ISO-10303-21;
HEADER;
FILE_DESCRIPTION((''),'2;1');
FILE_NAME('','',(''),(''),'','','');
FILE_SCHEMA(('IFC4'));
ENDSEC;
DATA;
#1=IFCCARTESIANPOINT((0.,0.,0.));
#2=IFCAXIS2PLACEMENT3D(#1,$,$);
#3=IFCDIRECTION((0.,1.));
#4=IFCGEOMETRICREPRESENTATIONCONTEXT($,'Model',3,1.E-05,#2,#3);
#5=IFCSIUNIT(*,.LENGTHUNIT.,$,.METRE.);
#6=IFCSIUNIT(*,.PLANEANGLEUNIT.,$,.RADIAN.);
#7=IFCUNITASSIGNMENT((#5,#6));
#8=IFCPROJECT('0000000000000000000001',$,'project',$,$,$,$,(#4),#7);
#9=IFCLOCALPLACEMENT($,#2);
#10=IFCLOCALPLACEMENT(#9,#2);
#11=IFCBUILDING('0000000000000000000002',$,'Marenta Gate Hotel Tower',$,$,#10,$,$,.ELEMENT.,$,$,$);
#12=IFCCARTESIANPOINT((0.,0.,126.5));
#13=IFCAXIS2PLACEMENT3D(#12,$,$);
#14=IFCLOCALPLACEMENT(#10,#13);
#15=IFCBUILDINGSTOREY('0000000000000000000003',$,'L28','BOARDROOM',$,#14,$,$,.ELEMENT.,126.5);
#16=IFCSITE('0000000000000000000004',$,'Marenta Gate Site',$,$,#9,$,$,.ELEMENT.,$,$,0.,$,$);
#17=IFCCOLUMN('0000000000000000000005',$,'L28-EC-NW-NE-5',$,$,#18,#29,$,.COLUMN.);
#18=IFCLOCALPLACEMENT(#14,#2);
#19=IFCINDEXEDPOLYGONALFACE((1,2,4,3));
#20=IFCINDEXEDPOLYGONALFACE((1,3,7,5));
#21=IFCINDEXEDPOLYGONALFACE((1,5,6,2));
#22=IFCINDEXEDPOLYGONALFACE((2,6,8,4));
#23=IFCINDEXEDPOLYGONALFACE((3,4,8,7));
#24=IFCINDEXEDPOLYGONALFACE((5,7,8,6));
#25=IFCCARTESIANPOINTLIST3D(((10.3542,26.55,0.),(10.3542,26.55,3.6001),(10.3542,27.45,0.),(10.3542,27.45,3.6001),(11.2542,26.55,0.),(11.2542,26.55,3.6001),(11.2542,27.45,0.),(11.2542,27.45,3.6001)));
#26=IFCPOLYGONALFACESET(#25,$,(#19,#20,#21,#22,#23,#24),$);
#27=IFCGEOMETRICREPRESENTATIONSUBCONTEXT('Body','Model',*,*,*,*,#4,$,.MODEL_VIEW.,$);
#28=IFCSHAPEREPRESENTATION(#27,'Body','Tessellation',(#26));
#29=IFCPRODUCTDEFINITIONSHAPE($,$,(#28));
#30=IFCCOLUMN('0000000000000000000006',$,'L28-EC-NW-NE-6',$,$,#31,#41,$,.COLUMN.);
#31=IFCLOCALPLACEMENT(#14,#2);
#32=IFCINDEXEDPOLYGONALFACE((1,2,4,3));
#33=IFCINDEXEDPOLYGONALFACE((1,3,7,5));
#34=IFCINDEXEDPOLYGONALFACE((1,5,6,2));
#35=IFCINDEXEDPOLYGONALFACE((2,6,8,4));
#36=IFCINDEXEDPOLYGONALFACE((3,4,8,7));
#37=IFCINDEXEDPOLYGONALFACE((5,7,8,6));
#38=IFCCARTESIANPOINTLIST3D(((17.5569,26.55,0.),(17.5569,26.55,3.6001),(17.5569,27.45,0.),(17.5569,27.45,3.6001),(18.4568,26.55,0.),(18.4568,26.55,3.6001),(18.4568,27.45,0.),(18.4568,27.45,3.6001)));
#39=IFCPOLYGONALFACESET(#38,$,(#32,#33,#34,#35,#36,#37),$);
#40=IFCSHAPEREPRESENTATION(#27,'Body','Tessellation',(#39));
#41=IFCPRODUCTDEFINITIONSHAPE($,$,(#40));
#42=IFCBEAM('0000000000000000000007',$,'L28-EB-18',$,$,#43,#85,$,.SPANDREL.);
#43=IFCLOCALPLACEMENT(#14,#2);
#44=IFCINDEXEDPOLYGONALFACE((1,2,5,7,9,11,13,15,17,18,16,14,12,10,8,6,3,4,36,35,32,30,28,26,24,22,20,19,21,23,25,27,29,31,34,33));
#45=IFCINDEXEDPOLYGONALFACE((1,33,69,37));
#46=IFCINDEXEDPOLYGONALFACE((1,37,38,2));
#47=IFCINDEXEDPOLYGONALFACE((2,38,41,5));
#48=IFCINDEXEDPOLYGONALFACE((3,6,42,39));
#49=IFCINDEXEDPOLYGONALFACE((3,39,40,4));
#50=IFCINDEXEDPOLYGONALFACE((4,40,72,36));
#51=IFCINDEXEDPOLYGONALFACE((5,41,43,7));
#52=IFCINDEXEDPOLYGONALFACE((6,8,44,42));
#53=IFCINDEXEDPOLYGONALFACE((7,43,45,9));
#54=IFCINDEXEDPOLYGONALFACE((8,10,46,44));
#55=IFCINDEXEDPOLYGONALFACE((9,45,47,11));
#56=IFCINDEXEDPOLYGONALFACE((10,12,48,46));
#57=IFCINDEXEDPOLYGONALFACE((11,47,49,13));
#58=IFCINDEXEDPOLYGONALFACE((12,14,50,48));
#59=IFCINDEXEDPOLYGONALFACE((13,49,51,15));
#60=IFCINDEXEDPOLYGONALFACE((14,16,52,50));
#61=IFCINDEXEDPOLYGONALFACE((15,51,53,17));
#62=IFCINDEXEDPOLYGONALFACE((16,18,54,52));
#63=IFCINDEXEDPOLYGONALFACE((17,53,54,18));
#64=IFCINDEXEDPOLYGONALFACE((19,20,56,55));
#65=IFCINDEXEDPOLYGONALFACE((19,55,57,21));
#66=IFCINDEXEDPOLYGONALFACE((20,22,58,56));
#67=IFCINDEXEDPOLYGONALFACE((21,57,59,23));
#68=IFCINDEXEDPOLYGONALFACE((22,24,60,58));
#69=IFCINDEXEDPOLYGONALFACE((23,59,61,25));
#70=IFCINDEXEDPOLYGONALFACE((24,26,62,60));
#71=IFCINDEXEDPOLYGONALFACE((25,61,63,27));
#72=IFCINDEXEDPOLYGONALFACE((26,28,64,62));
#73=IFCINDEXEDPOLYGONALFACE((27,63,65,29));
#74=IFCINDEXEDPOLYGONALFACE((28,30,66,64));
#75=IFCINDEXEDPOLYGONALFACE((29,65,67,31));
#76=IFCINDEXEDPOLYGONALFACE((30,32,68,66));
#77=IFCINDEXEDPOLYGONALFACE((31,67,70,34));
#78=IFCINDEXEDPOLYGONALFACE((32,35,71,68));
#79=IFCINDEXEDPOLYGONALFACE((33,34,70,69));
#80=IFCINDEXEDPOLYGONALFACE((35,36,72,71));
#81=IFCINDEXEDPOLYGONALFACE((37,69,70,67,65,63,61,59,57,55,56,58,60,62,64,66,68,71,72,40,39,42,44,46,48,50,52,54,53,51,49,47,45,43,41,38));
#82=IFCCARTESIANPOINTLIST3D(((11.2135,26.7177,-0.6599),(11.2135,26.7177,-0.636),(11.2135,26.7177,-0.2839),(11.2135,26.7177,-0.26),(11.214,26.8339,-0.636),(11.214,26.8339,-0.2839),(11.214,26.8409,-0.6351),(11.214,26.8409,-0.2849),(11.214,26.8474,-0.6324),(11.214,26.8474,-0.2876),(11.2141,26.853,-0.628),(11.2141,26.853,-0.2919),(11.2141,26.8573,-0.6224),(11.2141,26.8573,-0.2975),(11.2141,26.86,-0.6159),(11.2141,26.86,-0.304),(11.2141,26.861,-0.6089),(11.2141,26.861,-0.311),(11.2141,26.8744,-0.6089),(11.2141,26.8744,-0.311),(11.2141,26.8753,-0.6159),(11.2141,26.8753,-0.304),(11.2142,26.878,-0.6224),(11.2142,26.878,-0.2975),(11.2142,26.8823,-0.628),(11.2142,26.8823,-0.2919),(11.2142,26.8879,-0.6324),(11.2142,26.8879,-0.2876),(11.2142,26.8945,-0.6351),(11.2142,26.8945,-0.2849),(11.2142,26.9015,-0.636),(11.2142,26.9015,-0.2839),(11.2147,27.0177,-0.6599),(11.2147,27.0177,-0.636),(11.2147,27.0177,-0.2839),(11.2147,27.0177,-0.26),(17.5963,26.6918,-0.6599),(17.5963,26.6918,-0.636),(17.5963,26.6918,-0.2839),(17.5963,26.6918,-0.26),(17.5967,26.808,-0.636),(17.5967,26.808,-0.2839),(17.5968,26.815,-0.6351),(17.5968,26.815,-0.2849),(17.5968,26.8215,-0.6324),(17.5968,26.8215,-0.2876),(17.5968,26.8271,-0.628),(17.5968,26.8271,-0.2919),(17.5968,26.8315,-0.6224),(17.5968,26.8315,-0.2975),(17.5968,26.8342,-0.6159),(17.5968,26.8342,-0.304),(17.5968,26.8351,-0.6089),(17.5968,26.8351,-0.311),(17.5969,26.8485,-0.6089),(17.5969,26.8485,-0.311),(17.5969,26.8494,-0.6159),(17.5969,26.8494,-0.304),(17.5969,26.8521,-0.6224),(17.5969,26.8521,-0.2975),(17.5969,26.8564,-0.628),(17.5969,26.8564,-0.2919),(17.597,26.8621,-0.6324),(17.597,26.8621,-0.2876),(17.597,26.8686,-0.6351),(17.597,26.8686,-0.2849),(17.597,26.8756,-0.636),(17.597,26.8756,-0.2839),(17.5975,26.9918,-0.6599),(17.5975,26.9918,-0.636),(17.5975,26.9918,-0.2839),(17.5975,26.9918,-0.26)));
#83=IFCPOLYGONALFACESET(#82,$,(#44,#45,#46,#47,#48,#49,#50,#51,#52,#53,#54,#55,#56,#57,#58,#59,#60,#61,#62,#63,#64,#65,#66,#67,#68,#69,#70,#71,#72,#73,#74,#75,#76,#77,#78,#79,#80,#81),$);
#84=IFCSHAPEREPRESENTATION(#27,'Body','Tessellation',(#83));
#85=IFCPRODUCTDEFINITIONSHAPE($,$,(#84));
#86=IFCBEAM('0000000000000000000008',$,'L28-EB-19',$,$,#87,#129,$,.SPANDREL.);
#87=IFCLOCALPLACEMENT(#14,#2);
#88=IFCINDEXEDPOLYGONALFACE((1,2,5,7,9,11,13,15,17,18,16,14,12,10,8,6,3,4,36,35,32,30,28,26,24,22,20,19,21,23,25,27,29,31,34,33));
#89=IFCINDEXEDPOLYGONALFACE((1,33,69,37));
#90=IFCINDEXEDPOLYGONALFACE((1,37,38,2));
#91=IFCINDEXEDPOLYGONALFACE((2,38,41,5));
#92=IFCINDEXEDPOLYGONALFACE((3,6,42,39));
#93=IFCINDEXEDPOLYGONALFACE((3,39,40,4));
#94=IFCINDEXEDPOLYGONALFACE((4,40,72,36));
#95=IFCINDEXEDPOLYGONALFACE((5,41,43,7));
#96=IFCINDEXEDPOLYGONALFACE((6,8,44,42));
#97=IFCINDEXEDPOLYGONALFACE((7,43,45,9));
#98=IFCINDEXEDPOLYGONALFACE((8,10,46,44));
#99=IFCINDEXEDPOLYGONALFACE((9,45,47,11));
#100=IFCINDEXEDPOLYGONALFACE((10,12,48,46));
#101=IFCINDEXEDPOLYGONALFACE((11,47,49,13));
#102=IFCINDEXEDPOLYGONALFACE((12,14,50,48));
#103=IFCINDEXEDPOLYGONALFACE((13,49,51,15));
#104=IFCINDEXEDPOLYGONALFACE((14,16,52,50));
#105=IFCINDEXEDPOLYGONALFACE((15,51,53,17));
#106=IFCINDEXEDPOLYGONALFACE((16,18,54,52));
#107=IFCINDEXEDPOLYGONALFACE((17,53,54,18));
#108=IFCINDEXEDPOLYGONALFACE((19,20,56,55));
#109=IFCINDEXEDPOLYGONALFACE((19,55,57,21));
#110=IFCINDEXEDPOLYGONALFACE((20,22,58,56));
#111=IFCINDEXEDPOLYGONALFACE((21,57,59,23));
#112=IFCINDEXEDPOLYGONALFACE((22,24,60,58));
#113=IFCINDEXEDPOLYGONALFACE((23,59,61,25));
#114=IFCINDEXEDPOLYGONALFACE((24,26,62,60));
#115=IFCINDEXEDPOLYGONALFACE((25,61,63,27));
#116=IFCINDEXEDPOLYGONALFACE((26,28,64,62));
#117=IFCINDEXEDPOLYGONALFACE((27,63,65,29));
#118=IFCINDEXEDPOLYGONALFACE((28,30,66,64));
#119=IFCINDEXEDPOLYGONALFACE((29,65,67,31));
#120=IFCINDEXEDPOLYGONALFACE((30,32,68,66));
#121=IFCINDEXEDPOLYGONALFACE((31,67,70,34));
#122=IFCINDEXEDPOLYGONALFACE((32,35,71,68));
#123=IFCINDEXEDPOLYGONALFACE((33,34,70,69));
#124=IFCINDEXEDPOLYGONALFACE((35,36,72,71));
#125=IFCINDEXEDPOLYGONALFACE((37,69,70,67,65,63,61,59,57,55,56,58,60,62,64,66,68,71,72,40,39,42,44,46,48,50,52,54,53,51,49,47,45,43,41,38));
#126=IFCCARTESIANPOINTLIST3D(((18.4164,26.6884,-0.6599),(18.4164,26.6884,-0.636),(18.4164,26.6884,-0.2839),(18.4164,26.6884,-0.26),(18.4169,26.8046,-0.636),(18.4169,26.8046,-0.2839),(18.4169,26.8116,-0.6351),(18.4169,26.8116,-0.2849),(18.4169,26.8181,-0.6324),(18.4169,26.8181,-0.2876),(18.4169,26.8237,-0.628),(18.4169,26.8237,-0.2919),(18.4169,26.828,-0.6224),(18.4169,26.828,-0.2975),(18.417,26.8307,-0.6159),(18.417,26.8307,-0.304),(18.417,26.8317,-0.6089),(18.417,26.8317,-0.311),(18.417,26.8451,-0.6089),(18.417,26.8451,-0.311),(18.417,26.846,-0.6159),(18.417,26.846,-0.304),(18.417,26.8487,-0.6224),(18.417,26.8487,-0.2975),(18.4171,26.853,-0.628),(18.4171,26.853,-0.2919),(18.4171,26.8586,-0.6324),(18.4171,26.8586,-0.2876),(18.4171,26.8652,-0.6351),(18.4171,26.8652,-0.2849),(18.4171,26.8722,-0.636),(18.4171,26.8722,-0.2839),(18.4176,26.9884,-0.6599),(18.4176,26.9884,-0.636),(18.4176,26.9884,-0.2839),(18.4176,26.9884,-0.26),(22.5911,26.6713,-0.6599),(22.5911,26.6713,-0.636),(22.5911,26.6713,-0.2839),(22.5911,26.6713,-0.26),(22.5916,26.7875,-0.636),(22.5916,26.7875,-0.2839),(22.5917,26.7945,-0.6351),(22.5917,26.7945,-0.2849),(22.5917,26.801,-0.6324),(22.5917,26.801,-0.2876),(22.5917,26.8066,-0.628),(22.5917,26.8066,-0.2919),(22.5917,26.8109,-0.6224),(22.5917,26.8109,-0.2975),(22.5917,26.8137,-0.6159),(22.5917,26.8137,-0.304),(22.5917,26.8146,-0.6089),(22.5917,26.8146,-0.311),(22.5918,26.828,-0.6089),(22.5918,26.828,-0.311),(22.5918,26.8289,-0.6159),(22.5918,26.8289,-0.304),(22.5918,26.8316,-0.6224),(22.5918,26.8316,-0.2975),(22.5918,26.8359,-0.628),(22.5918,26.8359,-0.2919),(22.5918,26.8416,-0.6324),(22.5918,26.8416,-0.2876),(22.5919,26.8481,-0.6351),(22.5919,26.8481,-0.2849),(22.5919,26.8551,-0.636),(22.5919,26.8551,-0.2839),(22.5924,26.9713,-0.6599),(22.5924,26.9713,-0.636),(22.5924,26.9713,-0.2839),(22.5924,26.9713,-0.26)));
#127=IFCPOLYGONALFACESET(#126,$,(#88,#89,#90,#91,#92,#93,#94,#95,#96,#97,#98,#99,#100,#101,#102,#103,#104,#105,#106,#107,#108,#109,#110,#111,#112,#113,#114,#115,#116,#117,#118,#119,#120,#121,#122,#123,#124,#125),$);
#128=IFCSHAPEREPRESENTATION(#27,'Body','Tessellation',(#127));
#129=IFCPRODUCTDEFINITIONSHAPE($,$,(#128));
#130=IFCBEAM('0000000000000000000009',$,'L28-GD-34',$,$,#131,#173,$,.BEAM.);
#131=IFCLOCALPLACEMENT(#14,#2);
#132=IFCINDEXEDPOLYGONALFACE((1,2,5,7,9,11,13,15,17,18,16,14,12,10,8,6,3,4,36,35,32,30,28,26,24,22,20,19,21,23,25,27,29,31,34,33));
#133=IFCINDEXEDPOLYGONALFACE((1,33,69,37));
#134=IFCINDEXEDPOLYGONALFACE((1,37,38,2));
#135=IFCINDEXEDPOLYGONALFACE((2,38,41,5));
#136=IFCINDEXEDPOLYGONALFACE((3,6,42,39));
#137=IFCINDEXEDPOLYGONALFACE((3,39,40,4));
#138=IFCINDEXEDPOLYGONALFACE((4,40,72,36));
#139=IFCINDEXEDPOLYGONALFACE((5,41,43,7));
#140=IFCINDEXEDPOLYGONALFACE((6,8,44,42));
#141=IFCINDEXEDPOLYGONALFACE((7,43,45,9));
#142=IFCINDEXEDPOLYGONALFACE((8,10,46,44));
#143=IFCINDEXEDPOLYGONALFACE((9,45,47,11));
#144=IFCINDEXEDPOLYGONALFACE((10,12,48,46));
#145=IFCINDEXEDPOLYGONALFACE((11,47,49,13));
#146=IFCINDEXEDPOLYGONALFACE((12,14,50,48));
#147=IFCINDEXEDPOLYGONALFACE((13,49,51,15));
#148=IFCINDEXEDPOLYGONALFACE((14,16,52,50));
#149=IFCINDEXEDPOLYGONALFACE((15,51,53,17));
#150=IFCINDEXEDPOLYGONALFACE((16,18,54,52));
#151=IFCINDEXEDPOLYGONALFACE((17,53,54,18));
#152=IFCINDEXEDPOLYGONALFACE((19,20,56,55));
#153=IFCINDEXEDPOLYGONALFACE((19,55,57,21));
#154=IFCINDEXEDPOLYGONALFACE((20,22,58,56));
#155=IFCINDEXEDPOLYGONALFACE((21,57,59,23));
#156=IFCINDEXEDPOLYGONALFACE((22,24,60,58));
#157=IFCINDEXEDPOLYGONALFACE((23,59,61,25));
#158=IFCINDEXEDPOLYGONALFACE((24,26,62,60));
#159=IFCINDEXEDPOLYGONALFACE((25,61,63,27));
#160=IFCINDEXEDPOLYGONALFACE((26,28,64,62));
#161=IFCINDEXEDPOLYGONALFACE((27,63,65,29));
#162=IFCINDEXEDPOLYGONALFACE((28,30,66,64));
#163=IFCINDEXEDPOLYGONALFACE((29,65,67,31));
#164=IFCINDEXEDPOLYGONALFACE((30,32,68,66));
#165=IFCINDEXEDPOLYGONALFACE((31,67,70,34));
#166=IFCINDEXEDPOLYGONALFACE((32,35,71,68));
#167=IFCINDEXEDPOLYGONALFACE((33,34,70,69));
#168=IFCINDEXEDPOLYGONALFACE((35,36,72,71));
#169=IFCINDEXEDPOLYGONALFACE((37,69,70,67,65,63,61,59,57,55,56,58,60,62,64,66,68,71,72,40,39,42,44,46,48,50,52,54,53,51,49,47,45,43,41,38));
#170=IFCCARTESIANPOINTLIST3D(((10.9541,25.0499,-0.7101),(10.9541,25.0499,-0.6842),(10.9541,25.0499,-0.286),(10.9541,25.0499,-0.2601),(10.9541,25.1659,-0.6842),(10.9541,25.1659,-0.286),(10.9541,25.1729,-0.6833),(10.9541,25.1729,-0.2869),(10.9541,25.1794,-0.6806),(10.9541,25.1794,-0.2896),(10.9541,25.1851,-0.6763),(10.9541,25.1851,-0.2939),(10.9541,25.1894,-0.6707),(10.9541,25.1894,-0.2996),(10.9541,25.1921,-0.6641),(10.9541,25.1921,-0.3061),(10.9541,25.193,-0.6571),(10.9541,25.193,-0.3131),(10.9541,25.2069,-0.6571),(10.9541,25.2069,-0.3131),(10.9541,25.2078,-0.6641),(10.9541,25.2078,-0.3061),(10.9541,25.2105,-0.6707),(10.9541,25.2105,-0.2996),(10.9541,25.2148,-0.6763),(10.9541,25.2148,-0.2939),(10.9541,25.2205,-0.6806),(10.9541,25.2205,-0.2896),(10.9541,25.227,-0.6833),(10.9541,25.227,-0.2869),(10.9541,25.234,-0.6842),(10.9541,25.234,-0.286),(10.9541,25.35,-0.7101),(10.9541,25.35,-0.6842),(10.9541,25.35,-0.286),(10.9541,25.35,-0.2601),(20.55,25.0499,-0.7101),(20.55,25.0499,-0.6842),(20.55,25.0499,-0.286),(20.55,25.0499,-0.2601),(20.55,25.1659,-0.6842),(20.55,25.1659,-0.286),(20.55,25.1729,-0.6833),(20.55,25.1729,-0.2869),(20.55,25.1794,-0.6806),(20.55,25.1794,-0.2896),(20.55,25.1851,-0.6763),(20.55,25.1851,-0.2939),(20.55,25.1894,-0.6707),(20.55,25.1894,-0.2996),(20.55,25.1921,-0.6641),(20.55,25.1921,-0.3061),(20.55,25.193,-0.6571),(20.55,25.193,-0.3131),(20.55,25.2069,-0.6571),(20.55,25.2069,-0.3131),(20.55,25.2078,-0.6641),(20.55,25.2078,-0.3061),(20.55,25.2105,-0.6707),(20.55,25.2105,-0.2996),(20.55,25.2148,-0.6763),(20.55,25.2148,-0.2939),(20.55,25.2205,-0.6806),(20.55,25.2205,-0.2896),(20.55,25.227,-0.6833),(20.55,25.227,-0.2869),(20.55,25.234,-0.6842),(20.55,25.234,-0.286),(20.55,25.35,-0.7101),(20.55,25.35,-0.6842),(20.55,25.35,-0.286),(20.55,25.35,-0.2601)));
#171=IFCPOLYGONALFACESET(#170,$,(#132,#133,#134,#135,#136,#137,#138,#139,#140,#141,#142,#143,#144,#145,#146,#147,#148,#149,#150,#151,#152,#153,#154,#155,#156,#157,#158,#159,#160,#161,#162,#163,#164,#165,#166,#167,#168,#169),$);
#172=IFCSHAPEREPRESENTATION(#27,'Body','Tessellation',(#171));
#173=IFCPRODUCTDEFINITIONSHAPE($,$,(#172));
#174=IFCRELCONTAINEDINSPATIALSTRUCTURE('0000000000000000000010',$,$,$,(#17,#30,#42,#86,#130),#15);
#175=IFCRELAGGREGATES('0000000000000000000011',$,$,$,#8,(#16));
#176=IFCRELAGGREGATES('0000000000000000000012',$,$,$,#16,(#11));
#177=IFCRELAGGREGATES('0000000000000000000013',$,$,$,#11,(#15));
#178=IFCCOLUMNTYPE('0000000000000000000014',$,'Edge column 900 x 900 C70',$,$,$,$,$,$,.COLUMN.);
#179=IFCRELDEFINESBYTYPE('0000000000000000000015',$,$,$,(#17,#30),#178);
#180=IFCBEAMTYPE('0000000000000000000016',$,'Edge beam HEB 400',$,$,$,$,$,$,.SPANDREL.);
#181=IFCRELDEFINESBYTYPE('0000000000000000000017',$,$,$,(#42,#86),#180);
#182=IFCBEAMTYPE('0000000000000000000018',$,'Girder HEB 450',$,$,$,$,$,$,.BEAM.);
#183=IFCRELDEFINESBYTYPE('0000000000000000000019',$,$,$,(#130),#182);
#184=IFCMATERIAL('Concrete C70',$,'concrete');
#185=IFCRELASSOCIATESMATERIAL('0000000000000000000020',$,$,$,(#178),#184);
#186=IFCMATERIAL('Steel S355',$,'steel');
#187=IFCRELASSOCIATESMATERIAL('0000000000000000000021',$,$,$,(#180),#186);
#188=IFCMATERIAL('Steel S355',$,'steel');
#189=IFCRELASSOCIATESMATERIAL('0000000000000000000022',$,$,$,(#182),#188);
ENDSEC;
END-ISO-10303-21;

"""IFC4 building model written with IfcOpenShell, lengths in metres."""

from ifc_helpers import new_model, si_unit, direction, frame, origin, origin_2d, place, context, subcontext, project, spatial, rectangle, i_section, extrude, material, material_profile, profile_set, type_object, element, save


model = new_model("IFC4")

# Units and contexts
model_context = context("Model", 3, precision=1e-05, world=origin(), true_north=direction((0.0, 1.0)))
body_context = subcontext(model_context, "Body", "Model", "MODEL_VIEW")
ifc_project = project(units=[si_unit("LENGTHUNIT", "METRE"), si_unit("PLANEANGLEUNIT", "RADIAN")], contexts=[model_context])

# Site, building, storey
site_placement = place(None, origin())
site = spatial("IfcSite", under=ifc_project, at=site_placement, Name="Marenta Gate Site", CompositionType="ELEMENT", RefElevation=0.0)
building_placement = place(site_placement, origin())
building = spatial("IfcBuilding", under=site, at=building_placement, Name="Marenta Gate Hotel Tower", CompositionType="ELEMENT")
storey_placement = place(building_placement, frame((0.0, 0.0, 126.5)))
storey = spatial("IfcBuildingStorey", under=building, at=storey_placement, Name="L28", Description="BOARDROOM", CompositionType="ELEMENT", Elevation=126.5)

# Columns
ifc_material_1 = material(Name="Concrete C70", Category="concrete")
ifc_material_profile_1 = material_profile(ifc_material_1, rectangle(XDim=0.8999, YDim=0.8999, at=origin_2d()), Name="900 x 900")
ifc_profile_set_1 = profile_set([ifc_material_profile_1], Name="Concrete C70")
column_type = type_object("IfcColumnType", Name="Edge column 900 x 900 C70", PredefinedType="COLUMN", material=ifc_profile_set_1)
for number, where, z_axis, x_axis, name in (
    (1, (10.8042, 27.0, 0.0), (0.0, 0.0, 1.0), (1.0, 0.0, 0.0), "L28-EC-NW-NE-5"),
    (2, (18.0068, 27.0, 0.0), (0.0, 0.0, 1.0), (1.0, 0.0, 0.0), "L28-EC-NW-NE-6"),
):
    element("IfcColumn", number, at=place(storey_placement, frame(where, z_axis=z_axis, x_axis=x_axis)), inside=storey, type_object=column_type, Name=name, PredefinedType="COLUMN", context=body_context, shape_type="SweptSolid", body=[
        extrude(rectangle(XDim=0.8999, YDim=0.8999, at=origin_2d()), origin(), (0.0, 0.0, 1.0), 3.6001),
    ])

# Beams
ifc_material_2 = material(Name="Steel S355", Category="steel")
ifc_material_profile_2 = material_profile(ifc_material_2, i_section(OverallWidth=0.3, OverallDepth=0.3999, WebThickness=0.0134, FlangeThickness=0.0239, FilletRadius=0.0271, at=origin_2d()), Name="HEB 400")
ifc_profile_set_2 = profile_set([ifc_material_profile_2], Name="Steel S355")
beam_type_1 = type_object("IfcBeamType", Name="Edge beam HEB 400", PredefinedType="SPANDREL", material=ifc_profile_set_2)
beam_1_placement = place(storey_placement, frame((11.2141, 26.8677, -0.46), z_axis=(0.999992, -0.004054, 0.0), x_axis=(0.004054, 0.999992, 0.0)))
element("IfcBeam", 3, at=beam_1_placement, inside=storey, type_object=beam_type_1, Name="L28-EB-18", PredefinedType="SPANDREL", context=body_context, shape_type="SweptSolid", body=[
    extrude(i_section(OverallWidth=0.3, OverallDepth=0.3999, WebThickness=0.0134, FlangeThickness=0.0239, FilletRadius=0.0271, at=origin_2d()), origin(), (0.0, 0.0, 1.0), 6.3828),
])
beam_2_placement = place(storey_placement, frame((18.417, 26.8384, -0.46), z_axis=(0.999992, -0.004094, 0.0), x_axis=(0.004094, 0.999992, 0.0)))
element("IfcBeam", 4, at=beam_2_placement, inside=storey, type_object=beam_type_1, Name="L28-EB-19", PredefinedType="SPANDREL", context=body_context, shape_type="SweptSolid", body=[
    extrude(i_section(OverallWidth=0.3, OverallDepth=0.3999, WebThickness=0.0134, FlangeThickness=0.0239, FilletRadius=0.0271, at=origin_2d()), origin(), (0.0, 0.0, 1.0), 4.1748),
])
ifc_material_3 = material(Name="Steel S355", Category="steel")
ifc_material_profile_3 = material_profile(ifc_material_3, i_section(OverallWidth=0.3, OverallDepth=0.45, WebThickness=0.0139, FlangeThickness=0.0259, FilletRadius=0.0271, at=origin_2d()), Name="HEB 450")
ifc_profile_set_3 = profile_set([ifc_material_profile_3], Name="Steel S355")
beam_type_2 = type_object("IfcBeamType", Name="Girder HEB 450", PredefinedType="BEAM", material=ifc_profile_set_3)
beam_3_placement = place(storey_placement, frame((10.9541, 25.2, -0.4851), z_axis=(1.0, 0.0, 0.0), x_axis=(0.0, 1.0, 0.0)))
element("IfcBeam", 5, at=beam_3_placement, inside=storey, type_object=beam_type_2, Name="L28-GD-34", PredefinedType="BEAM", context=body_context, shape_type="SweptSolid", body=[
    extrude(i_section(OverallWidth=0.3, OverallDepth=0.45, WebThickness=0.0139, FlangeThickness=0.0259, FilletRadius=0.0271, at=origin_2d()), origin(), (0.0, 0.0, 1.0), 9.5959),
])

save(model, "model.ifc")
